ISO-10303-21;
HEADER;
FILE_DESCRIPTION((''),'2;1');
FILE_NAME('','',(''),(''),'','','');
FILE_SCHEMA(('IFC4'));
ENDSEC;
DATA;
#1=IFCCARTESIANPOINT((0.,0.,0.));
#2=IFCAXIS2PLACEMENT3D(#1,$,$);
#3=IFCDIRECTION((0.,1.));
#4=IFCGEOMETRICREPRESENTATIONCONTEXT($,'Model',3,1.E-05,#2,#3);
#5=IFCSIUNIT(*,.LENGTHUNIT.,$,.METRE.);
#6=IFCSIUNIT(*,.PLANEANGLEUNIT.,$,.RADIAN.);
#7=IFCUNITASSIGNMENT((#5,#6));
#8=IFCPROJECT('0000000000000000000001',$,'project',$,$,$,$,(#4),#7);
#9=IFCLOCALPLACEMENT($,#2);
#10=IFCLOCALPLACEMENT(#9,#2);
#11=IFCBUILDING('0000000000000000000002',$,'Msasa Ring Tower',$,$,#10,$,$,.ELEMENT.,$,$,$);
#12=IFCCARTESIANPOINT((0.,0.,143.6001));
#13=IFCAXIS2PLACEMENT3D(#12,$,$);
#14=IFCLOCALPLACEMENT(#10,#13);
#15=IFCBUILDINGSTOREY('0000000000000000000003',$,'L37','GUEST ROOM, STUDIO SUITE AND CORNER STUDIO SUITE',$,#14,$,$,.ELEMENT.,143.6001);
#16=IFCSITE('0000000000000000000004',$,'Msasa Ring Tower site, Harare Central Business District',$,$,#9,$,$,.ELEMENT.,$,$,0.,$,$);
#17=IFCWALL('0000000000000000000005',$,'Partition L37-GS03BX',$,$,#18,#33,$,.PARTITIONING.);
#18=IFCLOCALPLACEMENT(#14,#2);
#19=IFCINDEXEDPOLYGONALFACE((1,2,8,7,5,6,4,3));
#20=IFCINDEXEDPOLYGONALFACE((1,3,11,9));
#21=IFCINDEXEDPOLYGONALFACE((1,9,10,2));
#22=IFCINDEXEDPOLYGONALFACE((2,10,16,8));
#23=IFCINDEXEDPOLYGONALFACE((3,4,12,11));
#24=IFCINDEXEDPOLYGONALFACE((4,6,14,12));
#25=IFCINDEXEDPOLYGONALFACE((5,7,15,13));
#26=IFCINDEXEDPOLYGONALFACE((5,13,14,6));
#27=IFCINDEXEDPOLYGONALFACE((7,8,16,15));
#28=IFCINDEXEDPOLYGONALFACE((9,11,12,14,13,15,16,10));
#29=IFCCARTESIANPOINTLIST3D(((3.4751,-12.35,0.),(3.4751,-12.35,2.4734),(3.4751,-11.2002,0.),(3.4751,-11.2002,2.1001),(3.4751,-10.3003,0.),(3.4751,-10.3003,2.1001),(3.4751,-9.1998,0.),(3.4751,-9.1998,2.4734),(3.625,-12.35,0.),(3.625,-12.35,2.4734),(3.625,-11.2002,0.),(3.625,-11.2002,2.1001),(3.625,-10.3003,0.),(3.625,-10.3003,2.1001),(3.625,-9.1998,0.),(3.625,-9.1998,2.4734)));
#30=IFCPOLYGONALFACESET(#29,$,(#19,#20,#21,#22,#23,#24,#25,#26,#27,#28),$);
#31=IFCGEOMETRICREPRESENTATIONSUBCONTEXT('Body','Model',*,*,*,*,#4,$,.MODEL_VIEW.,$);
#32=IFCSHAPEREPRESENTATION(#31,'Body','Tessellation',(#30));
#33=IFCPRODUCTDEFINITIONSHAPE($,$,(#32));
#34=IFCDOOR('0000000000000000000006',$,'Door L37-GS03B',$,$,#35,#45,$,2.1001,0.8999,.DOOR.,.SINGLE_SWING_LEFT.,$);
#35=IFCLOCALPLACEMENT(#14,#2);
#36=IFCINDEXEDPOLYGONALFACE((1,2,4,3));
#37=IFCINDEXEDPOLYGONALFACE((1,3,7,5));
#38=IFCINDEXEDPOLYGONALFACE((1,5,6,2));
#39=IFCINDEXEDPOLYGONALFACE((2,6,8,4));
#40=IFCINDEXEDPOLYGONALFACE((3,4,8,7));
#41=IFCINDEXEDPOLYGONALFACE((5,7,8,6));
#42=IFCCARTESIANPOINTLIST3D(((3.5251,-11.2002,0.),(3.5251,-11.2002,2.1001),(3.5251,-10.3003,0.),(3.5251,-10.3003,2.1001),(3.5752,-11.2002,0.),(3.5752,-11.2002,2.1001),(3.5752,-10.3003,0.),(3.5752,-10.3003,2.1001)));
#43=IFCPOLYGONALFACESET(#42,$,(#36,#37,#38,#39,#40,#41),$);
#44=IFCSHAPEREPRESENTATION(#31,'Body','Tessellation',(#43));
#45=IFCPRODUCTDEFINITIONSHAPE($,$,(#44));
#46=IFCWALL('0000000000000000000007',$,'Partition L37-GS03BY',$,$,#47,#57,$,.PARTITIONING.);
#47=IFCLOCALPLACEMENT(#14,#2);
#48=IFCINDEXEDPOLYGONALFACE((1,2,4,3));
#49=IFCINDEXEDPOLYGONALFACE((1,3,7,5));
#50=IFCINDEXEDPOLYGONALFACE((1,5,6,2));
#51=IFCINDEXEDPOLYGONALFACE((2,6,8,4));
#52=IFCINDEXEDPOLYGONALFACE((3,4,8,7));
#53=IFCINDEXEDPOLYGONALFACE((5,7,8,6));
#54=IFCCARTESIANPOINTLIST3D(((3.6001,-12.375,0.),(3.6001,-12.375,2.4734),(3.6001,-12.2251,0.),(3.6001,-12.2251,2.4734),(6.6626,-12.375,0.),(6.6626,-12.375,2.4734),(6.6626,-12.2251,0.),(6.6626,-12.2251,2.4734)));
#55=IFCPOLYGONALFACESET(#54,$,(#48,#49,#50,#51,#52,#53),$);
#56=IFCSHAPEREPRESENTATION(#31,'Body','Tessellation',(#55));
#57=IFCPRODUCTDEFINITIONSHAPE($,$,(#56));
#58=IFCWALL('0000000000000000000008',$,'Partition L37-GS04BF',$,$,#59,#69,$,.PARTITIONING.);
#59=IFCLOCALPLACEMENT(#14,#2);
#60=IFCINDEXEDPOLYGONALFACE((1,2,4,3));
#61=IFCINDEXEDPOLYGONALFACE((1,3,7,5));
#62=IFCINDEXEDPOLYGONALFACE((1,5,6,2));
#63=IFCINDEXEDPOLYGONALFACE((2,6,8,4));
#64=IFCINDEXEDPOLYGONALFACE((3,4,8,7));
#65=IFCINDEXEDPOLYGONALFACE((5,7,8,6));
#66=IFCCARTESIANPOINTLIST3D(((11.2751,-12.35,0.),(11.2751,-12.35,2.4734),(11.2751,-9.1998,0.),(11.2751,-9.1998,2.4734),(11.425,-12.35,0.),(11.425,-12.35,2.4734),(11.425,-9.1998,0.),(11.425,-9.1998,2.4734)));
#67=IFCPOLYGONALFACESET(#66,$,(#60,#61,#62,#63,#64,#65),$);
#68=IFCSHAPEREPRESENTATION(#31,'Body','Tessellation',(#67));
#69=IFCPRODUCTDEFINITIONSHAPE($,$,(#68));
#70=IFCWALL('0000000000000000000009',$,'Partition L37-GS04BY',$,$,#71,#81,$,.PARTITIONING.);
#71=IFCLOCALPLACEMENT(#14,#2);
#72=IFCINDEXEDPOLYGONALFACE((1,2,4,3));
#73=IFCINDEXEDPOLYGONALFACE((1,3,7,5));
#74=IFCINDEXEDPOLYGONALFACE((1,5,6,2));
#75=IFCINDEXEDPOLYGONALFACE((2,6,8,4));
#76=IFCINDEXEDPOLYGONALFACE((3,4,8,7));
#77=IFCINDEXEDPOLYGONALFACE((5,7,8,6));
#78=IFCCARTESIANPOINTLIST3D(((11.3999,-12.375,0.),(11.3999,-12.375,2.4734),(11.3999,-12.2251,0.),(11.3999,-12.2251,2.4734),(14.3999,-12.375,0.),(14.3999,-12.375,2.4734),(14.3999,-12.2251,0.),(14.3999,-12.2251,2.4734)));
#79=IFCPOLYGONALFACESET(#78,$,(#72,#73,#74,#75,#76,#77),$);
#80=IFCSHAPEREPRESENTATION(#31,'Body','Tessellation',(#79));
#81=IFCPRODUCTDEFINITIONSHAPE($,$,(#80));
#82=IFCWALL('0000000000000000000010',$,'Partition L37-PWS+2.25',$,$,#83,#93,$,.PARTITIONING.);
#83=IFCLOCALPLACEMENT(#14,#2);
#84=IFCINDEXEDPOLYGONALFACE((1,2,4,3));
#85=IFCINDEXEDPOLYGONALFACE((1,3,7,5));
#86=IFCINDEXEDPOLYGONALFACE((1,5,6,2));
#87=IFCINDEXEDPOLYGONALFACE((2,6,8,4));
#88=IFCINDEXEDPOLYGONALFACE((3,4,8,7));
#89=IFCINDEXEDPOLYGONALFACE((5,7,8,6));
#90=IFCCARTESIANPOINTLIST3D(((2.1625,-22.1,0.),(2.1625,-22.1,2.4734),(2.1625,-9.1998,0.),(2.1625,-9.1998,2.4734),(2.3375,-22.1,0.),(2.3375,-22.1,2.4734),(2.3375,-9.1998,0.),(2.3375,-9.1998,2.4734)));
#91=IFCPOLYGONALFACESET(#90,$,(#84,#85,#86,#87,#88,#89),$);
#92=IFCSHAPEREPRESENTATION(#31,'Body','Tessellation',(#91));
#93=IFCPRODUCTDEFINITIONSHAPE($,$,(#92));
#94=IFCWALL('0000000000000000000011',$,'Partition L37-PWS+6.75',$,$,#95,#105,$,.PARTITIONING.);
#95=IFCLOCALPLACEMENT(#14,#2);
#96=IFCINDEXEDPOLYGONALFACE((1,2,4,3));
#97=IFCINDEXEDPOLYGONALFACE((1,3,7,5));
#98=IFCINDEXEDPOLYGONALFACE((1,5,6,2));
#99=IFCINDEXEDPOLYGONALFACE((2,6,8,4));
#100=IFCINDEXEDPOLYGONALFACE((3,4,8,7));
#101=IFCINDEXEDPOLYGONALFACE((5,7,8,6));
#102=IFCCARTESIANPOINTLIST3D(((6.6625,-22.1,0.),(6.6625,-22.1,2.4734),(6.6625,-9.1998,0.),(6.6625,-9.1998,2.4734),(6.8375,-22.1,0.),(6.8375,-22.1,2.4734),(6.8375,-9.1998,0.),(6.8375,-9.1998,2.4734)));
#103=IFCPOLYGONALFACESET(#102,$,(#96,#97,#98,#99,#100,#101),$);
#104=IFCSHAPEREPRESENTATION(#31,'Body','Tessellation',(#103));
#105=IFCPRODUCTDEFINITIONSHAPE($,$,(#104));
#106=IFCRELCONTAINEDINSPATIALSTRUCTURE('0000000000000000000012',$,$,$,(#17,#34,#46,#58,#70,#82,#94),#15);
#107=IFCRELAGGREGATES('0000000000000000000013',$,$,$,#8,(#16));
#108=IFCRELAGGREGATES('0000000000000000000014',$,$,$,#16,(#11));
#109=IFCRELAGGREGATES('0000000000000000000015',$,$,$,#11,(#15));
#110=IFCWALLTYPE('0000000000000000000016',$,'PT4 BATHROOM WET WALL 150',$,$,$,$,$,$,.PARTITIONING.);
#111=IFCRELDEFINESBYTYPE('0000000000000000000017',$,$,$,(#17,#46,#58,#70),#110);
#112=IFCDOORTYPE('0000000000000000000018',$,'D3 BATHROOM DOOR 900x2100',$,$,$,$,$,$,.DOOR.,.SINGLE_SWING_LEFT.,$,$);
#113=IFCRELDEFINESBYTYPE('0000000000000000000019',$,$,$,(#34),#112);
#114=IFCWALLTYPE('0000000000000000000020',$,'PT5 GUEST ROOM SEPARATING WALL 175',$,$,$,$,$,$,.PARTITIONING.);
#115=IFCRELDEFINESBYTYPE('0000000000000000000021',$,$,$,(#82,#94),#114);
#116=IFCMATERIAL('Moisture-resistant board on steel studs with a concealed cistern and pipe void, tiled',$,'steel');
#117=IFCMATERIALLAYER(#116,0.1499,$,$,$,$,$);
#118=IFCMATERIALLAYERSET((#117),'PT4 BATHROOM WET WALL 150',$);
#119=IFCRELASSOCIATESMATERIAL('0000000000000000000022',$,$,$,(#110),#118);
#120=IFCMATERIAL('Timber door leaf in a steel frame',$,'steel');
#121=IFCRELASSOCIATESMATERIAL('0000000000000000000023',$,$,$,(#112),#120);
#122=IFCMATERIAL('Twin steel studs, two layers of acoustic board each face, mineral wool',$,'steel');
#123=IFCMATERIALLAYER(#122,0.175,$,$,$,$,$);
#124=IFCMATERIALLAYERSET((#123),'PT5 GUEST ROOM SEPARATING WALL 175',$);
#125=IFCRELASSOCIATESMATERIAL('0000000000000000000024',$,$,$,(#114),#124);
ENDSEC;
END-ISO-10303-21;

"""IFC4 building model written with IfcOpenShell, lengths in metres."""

from ifc_helpers import new_model, si_unit, direction, frame, frame_2d, origin, place, context, subcontext, project, spatial, rectangle, extrude, material, layer, layer_set, type_object, element, fill, save


model = new_model("IFC4")

# Units and contexts
model_context = context("Model", 3, precision=1e-05, world=origin(), true_north=direction((0.0, 1.0)))
body_context = subcontext(model_context, "Body", "Model", "MODEL_VIEW")
ifc_project = project(units=[si_unit("LENGTHUNIT", "METRE"), si_unit("PLANEANGLEUNIT", "RADIAN")], contexts=[model_context])

# Site, building, storey
site_placement = place(None, origin())
site = spatial("IfcSite", under=ifc_project, at=site_placement, Name="Msasa Ring Tower site, Harare Central Business District", CompositionType="ELEMENT", RefElevation=0.0)
building_placement = place(site_placement, origin())
building = spatial("IfcBuilding", under=site, at=building_placement, Name="Msasa Ring Tower", CompositionType="ELEMENT")
storey_placement = place(building_placement, frame((0.0, 0.0, 143.6001)))
storey = spatial("IfcBuildingStorey", under=building, at=storey_placement, Name="L37", Description="GUEST ROOM, STUDIO SUITE AND CORNER STUDIO SUITE", CompositionType="ELEMENT", Elevation=143.6001)

# Wall, opening, door
ifc_material_1 = material(Name="Moisture-resistant board on steel studs with a concealed cistern and pipe void, tiled", Category="steel")
ifc_layer_1 = layer(ifc_material_1, 0.1499)
ifc_layer_set_1 = layer_set([ifc_layer_1], Name="PT4 BATHROOM WET WALL 150")
wall_type_1 = type_object("IfcWallType", Name="PT4 BATHROOM WET WALL 150", PredefinedType="PARTITIONING", material=ifc_layer_set_1)
wall_1_placement = place(storey_placement, frame((3.55, -12.3501, 0.0), z_axis=(0.0, 0.0, 1.0), x_axis=(0.0, 1.0, 0.0)))
wall_1 = element("IfcWall", 1, at=wall_1_placement, inside=storey, type_object=wall_type_1, Name="Partition L37-GS03BX", PredefinedType="PARTITIONING", context=body_context, shape_type="SweptSolid", body=[
    extrude(rectangle(XDim=3.1501, YDim=0.1499, at=frame_2d((1.5752, 0.0))), origin(), (0.0, 0.0, 1.0), 2.4734),
])
opening_1_placement = place(wall_1_placement, frame((1.1499, 0.0, 0.0)))
opening_1 = element("IfcOpeningElement", 2, at=opening_1_placement, cuts=wall_1, PredefinedType="OPENING", context=body_context, shape_type="SweptSolid", body=[
    extrude(rectangle(XDim=0.8999, YDim=2.1001, at=frame_2d((0.45, 1.05))), frame((0.0, 0.085, 0.0), z_axis=(0.0, -1.0, 0.0), x_axis=(1.0, 0.0, 0.0)), (0.0, 0.0, 1.0), 0.1699),
])
ifc_material_2 = material(Name="Timber door leaf in a steel frame", Category="steel")
door_type = type_object("IfcDoorType", Name="D3 BATHROOM DOOR 900x2100", OperationType="SINGLE_SWING_LEFT", PredefinedType="DOOR", material=ifc_material_2)
door_placement = place(opening_1_placement, origin())
door = element("IfcDoor", 3, at=door_placement, inside=storey, type_object=door_type, Name="Door L37-GS03B", OperationType="SINGLE_SWING_LEFT", OverallHeight=2.1001, OverallWidth=0.8999, PredefinedType="DOOR", context=body_context, shape_type="SweptSolid", body=[
    extrude(rectangle(XDim=0.8999, YDim=2.1001, at=frame_2d((0.45, 1.05))), frame((0.0, 0.0249, 0.0), z_axis=(0.0, -1.0, 0.0), x_axis=(1.0, 0.0, 0.0)), (0.0, 0.0, 1.0), 0.05),
])
fill(opening_1, door)

# Walls
wall_2_placement = place(storey_placement, frame((3.6001, -12.3, 0.0), z_axis=(0.0, 0.0, 1.0), x_axis=(1.0, 0.0, 0.0)))
element("IfcWall", 4, at=wall_2_placement, inside=storey, type_object=wall_type_1, Name="Partition L37-GS03BY", PredefinedType="PARTITIONING", context=body_context, shape_type="SweptSolid", body=[
    extrude(rectangle(XDim=3.0625, YDim=0.1499, at=frame_2d((1.5312, 0.0))), origin(), (0.0, 0.0, 1.0), 2.4734),
])
wall_3_placement = place(storey_placement, frame((11.3501, -12.3501, 0.0), z_axis=(0.0, 0.0, 1.0), x_axis=(0.0, 1.0, 0.0)))
element("IfcWall", 5, at=wall_3_placement, inside=storey, type_object=wall_type_1, Name="Partition L37-GS04BF", PredefinedType="PARTITIONING", context=body_context, shape_type="SweptSolid", body=[
    extrude(rectangle(XDim=3.1501, YDim=0.1499, at=frame_2d((1.5752, 0.0))), origin(), (0.0, 0.0, 1.0), 2.4734),
])
wall_4_placement = place(storey_placement, frame((11.3999, -12.3, 0.0), z_axis=(0.0, 0.0, 1.0), x_axis=(1.0, 0.0, 0.0)))
element("IfcWall", 6, at=wall_4_placement, inside=storey, type_object=wall_type_1, Name="Partition L37-GS04BY", PredefinedType="PARTITIONING", context=body_context, shape_type="SweptSolid", body=[
    extrude(rectangle(XDim=3.0, YDim=0.1499, at=frame_2d((1.5, 0.0))), origin(), (0.0, 0.0, 1.0), 2.4734),
])
ifc_material_3 = material(Name="Twin steel studs, two layers of acoustic board each face, mineral wool", Category="steel")
ifc_layer_2 = layer(ifc_material_3, 0.175)
ifc_layer_set_2 = layer_set([ifc_layer_2], Name="PT5 GUEST ROOM SEPARATING WALL 175")
wall_type_2 = type_object("IfcWallType", Name="PT5 GUEST ROOM SEPARATING WALL 175", PredefinedType="PARTITIONING", material=ifc_layer_set_2)
for number, where, z_axis, x_axis, name in (
    (7, (2.25, -22.1001, 0.0), (0.0, 0.0, 1.0), (0.0, 1.0, 0.0), "Partition L37-PWS+2.25"),
    (8, (6.75, -22.1001, 0.0), (0.0, 0.0, 1.0), (0.0, 1.0, 0.0), "Partition L37-PWS+6.75"),
):
    element("IfcWall", number, at=place(storey_placement, frame(where, z_axis=z_axis, x_axis=x_axis)), inside=storey, type_object=wall_type_2, Name=name, PredefinedType="PARTITIONING", context=body_context, shape_type="SweptSolid", body=[
        extrude(rectangle(XDim=12.9001, YDim=0.175, at=frame_2d((6.4502, 0.0))), origin(), (0.0, 0.0, 1.0), 2.4734),
    ])

save(model, "model.ifc")
